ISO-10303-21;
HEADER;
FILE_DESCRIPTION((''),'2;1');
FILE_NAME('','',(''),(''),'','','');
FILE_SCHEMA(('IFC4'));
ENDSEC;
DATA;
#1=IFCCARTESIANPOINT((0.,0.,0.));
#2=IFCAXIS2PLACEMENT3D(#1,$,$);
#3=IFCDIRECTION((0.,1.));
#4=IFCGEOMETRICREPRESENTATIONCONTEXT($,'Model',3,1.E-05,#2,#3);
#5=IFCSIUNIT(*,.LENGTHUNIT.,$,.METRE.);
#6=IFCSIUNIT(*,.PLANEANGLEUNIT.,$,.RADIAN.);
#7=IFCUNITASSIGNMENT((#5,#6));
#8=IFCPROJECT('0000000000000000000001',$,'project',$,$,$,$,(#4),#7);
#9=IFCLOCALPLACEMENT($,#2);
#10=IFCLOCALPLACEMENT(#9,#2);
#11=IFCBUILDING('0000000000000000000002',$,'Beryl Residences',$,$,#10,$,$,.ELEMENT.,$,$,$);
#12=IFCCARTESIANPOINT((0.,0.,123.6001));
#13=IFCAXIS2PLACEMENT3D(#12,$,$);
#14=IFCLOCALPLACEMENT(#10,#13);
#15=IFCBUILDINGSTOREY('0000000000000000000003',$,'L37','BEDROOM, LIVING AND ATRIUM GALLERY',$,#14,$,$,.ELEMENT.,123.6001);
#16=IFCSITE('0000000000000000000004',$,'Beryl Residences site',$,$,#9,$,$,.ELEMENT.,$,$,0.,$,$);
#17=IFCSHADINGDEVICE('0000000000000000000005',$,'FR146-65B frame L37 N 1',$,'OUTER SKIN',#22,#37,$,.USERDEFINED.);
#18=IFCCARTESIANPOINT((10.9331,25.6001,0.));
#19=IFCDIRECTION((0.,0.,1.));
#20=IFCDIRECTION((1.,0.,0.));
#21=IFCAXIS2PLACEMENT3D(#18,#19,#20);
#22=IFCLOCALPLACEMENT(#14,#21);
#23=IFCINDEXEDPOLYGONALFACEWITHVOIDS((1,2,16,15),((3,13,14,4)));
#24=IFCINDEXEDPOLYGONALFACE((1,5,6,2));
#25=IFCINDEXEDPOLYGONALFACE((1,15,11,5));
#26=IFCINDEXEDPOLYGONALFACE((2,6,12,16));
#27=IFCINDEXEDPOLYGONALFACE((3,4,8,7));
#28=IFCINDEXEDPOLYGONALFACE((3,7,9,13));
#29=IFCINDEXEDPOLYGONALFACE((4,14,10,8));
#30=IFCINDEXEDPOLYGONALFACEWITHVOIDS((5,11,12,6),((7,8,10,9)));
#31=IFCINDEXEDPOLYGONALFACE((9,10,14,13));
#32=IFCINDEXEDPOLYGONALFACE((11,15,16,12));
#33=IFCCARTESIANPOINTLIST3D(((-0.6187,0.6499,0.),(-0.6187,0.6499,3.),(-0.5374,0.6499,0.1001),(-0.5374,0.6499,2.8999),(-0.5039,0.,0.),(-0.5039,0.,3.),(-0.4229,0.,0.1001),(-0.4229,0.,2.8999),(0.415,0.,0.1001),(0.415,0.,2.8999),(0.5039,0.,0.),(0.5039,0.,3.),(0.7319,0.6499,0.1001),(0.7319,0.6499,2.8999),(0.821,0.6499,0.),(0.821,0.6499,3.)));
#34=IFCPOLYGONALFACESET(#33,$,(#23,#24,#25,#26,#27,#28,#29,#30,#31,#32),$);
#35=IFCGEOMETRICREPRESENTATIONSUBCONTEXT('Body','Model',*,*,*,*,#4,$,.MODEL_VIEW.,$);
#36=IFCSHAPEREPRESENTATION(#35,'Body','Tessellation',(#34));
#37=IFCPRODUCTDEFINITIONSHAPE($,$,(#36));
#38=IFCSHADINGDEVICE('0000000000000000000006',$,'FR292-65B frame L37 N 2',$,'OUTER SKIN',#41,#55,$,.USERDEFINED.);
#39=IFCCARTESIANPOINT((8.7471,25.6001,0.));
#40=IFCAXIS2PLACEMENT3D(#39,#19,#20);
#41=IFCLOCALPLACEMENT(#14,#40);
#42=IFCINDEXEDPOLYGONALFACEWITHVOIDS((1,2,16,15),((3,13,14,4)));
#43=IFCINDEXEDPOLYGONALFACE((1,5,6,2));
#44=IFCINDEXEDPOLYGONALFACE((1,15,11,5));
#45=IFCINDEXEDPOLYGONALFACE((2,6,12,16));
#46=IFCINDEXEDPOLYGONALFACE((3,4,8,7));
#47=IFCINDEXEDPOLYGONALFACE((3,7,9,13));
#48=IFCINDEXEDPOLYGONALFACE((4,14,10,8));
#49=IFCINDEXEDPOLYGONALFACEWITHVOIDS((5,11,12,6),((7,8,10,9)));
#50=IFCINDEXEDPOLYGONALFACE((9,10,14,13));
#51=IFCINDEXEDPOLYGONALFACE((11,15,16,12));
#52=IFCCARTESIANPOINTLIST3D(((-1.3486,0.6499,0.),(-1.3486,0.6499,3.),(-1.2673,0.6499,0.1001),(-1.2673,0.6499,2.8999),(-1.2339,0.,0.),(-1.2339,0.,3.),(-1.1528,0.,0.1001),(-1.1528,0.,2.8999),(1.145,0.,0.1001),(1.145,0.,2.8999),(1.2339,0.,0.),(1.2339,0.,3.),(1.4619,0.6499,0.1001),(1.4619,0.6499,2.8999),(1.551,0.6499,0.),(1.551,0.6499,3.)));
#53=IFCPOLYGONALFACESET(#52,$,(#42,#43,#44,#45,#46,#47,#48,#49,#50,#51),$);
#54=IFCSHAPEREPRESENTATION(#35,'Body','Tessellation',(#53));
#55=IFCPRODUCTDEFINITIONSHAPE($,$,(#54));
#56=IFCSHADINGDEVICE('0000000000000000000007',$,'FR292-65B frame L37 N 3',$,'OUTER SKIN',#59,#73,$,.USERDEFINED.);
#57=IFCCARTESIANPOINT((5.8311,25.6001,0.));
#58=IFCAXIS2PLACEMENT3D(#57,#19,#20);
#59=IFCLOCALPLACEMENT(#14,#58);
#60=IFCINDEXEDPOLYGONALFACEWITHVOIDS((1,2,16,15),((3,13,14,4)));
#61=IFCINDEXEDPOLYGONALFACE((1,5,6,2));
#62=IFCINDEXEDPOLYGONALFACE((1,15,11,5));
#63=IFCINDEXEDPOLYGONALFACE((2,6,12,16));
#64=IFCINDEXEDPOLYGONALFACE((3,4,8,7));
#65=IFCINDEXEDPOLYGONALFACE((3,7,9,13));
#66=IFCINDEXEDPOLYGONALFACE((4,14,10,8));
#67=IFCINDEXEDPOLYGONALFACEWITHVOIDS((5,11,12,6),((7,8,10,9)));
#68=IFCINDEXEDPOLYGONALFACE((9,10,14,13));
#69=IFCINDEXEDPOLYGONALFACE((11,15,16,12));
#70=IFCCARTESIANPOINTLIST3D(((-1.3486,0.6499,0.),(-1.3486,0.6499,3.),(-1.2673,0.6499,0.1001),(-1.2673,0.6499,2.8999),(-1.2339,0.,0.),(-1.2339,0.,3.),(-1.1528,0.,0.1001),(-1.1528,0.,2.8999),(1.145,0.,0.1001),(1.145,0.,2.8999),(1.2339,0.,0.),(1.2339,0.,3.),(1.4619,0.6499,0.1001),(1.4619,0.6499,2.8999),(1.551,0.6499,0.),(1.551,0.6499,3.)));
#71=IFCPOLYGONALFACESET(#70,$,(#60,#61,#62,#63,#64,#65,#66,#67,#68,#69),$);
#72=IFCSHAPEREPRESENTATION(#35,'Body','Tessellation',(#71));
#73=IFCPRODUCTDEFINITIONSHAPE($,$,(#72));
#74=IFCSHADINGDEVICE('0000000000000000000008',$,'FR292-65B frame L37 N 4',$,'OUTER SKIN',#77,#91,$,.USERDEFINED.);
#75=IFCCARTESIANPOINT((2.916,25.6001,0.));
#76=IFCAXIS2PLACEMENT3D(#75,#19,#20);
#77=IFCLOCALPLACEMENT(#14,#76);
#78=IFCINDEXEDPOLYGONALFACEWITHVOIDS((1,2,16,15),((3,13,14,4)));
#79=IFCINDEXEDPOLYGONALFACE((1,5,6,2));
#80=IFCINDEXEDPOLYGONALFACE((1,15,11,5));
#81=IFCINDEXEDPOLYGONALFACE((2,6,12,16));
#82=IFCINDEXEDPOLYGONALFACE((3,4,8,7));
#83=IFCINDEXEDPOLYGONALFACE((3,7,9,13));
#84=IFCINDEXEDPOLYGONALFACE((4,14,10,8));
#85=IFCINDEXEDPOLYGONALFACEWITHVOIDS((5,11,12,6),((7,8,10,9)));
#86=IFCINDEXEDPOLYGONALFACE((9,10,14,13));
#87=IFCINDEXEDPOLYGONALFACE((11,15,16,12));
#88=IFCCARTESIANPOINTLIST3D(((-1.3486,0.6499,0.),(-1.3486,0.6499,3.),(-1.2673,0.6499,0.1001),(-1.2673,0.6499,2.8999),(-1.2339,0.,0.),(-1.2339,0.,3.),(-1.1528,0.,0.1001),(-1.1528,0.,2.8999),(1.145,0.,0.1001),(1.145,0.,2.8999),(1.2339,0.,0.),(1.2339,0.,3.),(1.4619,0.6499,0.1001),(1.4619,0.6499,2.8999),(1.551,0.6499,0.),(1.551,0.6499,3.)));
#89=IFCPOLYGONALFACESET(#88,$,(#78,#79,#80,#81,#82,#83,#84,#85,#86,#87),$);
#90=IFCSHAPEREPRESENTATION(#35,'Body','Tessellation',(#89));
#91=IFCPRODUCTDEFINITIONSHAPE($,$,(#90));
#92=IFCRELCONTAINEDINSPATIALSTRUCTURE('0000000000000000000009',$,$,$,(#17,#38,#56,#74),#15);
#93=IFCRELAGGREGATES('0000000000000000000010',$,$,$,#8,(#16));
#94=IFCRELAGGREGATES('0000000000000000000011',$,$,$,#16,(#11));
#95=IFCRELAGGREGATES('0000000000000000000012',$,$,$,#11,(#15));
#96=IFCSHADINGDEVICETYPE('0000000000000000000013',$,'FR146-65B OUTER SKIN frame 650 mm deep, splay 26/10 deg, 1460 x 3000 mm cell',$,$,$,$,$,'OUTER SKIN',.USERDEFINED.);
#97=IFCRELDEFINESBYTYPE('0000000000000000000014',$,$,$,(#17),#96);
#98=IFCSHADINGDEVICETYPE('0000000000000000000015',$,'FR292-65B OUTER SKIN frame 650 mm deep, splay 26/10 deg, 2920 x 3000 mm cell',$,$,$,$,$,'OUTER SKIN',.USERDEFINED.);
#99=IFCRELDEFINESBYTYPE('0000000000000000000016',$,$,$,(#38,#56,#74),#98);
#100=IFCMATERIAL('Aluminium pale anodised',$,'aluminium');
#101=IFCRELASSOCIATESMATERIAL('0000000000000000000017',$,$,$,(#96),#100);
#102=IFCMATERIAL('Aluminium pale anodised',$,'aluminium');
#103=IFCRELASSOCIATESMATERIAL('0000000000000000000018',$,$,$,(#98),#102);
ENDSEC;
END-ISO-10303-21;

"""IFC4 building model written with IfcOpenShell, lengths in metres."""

from ifc_helpers import new_model, entity, si_unit, direction, frame, origin, place, context, subcontext, project, spatial, source, transform, mapped, material, type_object, type_shapes, element, save


model = new_model("IFC4")

# Units and contexts
model_context = context("Model", 3, precision=1e-05, world=origin(), true_north=direction((0.0, 1.0)))
body_context = subcontext(model_context, "Body", "Model", "MODEL_VIEW")
ifc_project = project(units=[si_unit("LENGTHUNIT", "METRE"), si_unit("PLANEANGLEUNIT", "RADIAN")], contexts=[model_context])

# Site, building, storey
site_placement = place(None, origin())
site = spatial("IfcSite", under=ifc_project, at=site_placement, Name="Beryl Residences site", CompositionType="ELEMENT", RefElevation=0.0)
building_placement = place(site_placement, origin())
building = spatial("IfcBuilding", under=site, at=building_placement, Name="Beryl Residences", CompositionType="ELEMENT")
storey_placement = place(building_placement, frame((0.0, 0.0, 123.6001)))
storey = spatial("IfcBuildingStorey", under=building, at=storey_placement, Name="L37", Description="BEDROOM, LIVING AND ATRIUM GALLERY", CompositionType="ELEMENT", Elevation=123.6001)

# Shading devices
ifc_material_1 = material(Name="Aluminium pale anodised", Category="aluminium")
shading_device_type_1 = type_object("IfcShadingDeviceType", Name="FR146-65B OUTER SKIN frame 650 mm deep, splay 26/10 deg, 1460 x 3000 mm cell", ElementType="OUTER SKIN", PredefinedType="USERDEFINED", material=ifc_material_1)
cartesian_point_1 = entity("IfcCartesianPoint", [-0.5039, 0.0])
cartesian_point_2 = entity("IfcCartesianPoint", [-0.415, 0.1001])
cartesian_point_3 = entity("IfcCartesianPoint", [-0.821, 0.0])
cartesian_point_4 = entity("IfcCartesianPoint", [-0.7319, 0.1001])
shared_shape_1 = source(origin(), body_context, "Body", "SweptSolid", [
    entity("IfcExtrudedAreaSolidTapered", entity("IfcArbitraryProfileDefWithVoids", "AREA", None, entity("IfcPolyline", [cartesian_point_1, entity("IfcCartesianPoint", [0.5039, 0.0]), entity("IfcCartesianPoint", [0.5039, 3.0]), entity("IfcCartesianPoint", [-0.5039, 3.0]), cartesian_point_1]), [entity("IfcPolyline", [cartesian_point_2, entity("IfcCartesianPoint", [0.4229, 0.1001]), entity("IfcCartesianPoint", [0.4229, 2.8999]), entity("IfcCartesianPoint", [-0.415, 2.8999]), cartesian_point_2])]), entity("IfcAxis2Placement3D", entity("IfcCartesianPoint", [0.0, 0.0, 0.0]), entity("IfcDirection", [0.0, 1.0, 0.0]), entity("IfcDirection", [-1.0, 0.0, 0.0])), entity("IfcDirection", [0.0, 0.0, 1.0]), 0.6499, entity("IfcArbitraryProfileDefWithVoids", "AREA", None, entity("IfcPolyline", [cartesian_point_3, entity("IfcCartesianPoint", [0.6187, 0.0]), entity("IfcCartesianPoint", [0.6187, 3.0]), entity("IfcCartesianPoint", [-0.821, 3.0]), cartesian_point_3]), [entity("IfcPolyline", [cartesian_point_4, entity("IfcCartesianPoint", [0.5374, 0.1001]), entity("IfcCartesianPoint", [0.5374, 2.8999]), entity("IfcCartesianPoint", [-0.7319, 2.8999]), cartesian_point_4])])),
])
type_shapes(shading_device_type_1, [shared_shape_1])
shading_device_placement = place(storey_placement, frame((10.9331, 25.6001, 0.0), z_axis=(0.0, 0.0, 1.0), x_axis=(1.0, 0.0, 0.0)))
element("IfcShadingDevice", 1, at=shading_device_placement, inside=storey, type_object=shading_device_type_1, Name="FR146-65B frame L37 N 1", ObjectType="OUTER SKIN", PredefinedType="USERDEFINED", context=body_context, shape_type="MappedRepresentation", body=[
    mapped(shared_shape_1, transform((0.0, 0.0, 0.0))),
])
ifc_material_2 = material(Name="Aluminium pale anodised", Category="aluminium")
shading_device_type_2 = type_object("IfcShadingDeviceType", Name="FR292-65B OUTER SKIN frame 650 mm deep, splay 26/10 deg, 2920 x 3000 mm cell", ElementType="OUTER SKIN", PredefinedType="USERDEFINED", material=ifc_material_2)
cartesian_point_5 = entity("IfcCartesianPoint", [-1.2339, 0.0])
cartesian_point_6 = entity("IfcCartesianPoint", [-1.145, 0.1001])
cartesian_point_7 = entity("IfcCartesianPoint", [-1.551, 0.0])
cartesian_point_8 = entity("IfcCartesianPoint", [-1.4619, 0.1001])
shared_shape_2 = source(origin(), body_context, "Body", "SweptSolid", [
    entity("IfcExtrudedAreaSolidTapered", entity("IfcArbitraryProfileDefWithVoids", "AREA", None, entity("IfcPolyline", [cartesian_point_5, entity("IfcCartesianPoint", [1.2339, 0.0]), entity("IfcCartesianPoint", [1.2339, 3.0]), entity("IfcCartesianPoint", [-1.2339, 3.0]), cartesian_point_5]), [entity("IfcPolyline", [cartesian_point_6, entity("IfcCartesianPoint", [1.1528, 0.1001]), entity("IfcCartesianPoint", [1.1528, 2.8999]), entity("IfcCartesianPoint", [-1.145, 2.8999]), cartesian_point_6])]), entity("IfcAxis2Placement3D", entity("IfcCartesianPoint", [0.0, 0.0, 0.0]), entity("IfcDirection", [0.0, 1.0, 0.0]), entity("IfcDirection", [-1.0, 0.0, 0.0])), entity("IfcDirection", [0.0, 0.0, 1.0]), 0.6499, entity("IfcArbitraryProfileDefWithVoids", "AREA", None, entity("IfcPolyline", [cartesian_point_7, entity("IfcCartesianPoint", [1.3486, 0.0]), entity("IfcCartesianPoint", [1.3486, 3.0]), entity("IfcCartesianPoint", [-1.551, 3.0]), cartesian_point_7]), [entity("IfcPolyline", [cartesian_point_8, entity("IfcCartesianPoint", [1.2673, 0.1001]), entity("IfcCartesianPoint", [1.2673, 2.8999]), entity("IfcCartesianPoint", [-1.4619, 2.8999]), cartesian_point_8])])),
])
type_shapes(shading_device_type_2, [shared_shape_2])
for number, where, z_axis, x_axis, name in (
    (2, (8.7471, 25.6001, 0.0), (0.0, 0.0, 1.0), (1.0, 0.0, 0.0), "FR292-65B frame L37 N 2"),
    (3, (5.8311, 25.6001, 0.0), (0.0, 0.0, 1.0), (1.0, 0.0, 0.0), "FR292-65B frame L37 N 3"),
    (4, (2.916, 25.6001, 0.0), (0.0, 0.0, 1.0), (1.0, 0.0, 0.0), "FR292-65B frame L37 N 4"),
):
    element("IfcShadingDevice", number, at=place(storey_placement, frame(where, z_axis=z_axis, x_axis=x_axis)), inside=storey, type_object=shading_device_type_2, Name=name, ObjectType="OUTER SKIN", PredefinedType="USERDEFINED", context=body_context, shape_type="MappedRepresentation", body=[
        mapped(shared_shape_2, transform((0.0, 0.0, 0.0))),
    ])

save(model, "model.ifc")
